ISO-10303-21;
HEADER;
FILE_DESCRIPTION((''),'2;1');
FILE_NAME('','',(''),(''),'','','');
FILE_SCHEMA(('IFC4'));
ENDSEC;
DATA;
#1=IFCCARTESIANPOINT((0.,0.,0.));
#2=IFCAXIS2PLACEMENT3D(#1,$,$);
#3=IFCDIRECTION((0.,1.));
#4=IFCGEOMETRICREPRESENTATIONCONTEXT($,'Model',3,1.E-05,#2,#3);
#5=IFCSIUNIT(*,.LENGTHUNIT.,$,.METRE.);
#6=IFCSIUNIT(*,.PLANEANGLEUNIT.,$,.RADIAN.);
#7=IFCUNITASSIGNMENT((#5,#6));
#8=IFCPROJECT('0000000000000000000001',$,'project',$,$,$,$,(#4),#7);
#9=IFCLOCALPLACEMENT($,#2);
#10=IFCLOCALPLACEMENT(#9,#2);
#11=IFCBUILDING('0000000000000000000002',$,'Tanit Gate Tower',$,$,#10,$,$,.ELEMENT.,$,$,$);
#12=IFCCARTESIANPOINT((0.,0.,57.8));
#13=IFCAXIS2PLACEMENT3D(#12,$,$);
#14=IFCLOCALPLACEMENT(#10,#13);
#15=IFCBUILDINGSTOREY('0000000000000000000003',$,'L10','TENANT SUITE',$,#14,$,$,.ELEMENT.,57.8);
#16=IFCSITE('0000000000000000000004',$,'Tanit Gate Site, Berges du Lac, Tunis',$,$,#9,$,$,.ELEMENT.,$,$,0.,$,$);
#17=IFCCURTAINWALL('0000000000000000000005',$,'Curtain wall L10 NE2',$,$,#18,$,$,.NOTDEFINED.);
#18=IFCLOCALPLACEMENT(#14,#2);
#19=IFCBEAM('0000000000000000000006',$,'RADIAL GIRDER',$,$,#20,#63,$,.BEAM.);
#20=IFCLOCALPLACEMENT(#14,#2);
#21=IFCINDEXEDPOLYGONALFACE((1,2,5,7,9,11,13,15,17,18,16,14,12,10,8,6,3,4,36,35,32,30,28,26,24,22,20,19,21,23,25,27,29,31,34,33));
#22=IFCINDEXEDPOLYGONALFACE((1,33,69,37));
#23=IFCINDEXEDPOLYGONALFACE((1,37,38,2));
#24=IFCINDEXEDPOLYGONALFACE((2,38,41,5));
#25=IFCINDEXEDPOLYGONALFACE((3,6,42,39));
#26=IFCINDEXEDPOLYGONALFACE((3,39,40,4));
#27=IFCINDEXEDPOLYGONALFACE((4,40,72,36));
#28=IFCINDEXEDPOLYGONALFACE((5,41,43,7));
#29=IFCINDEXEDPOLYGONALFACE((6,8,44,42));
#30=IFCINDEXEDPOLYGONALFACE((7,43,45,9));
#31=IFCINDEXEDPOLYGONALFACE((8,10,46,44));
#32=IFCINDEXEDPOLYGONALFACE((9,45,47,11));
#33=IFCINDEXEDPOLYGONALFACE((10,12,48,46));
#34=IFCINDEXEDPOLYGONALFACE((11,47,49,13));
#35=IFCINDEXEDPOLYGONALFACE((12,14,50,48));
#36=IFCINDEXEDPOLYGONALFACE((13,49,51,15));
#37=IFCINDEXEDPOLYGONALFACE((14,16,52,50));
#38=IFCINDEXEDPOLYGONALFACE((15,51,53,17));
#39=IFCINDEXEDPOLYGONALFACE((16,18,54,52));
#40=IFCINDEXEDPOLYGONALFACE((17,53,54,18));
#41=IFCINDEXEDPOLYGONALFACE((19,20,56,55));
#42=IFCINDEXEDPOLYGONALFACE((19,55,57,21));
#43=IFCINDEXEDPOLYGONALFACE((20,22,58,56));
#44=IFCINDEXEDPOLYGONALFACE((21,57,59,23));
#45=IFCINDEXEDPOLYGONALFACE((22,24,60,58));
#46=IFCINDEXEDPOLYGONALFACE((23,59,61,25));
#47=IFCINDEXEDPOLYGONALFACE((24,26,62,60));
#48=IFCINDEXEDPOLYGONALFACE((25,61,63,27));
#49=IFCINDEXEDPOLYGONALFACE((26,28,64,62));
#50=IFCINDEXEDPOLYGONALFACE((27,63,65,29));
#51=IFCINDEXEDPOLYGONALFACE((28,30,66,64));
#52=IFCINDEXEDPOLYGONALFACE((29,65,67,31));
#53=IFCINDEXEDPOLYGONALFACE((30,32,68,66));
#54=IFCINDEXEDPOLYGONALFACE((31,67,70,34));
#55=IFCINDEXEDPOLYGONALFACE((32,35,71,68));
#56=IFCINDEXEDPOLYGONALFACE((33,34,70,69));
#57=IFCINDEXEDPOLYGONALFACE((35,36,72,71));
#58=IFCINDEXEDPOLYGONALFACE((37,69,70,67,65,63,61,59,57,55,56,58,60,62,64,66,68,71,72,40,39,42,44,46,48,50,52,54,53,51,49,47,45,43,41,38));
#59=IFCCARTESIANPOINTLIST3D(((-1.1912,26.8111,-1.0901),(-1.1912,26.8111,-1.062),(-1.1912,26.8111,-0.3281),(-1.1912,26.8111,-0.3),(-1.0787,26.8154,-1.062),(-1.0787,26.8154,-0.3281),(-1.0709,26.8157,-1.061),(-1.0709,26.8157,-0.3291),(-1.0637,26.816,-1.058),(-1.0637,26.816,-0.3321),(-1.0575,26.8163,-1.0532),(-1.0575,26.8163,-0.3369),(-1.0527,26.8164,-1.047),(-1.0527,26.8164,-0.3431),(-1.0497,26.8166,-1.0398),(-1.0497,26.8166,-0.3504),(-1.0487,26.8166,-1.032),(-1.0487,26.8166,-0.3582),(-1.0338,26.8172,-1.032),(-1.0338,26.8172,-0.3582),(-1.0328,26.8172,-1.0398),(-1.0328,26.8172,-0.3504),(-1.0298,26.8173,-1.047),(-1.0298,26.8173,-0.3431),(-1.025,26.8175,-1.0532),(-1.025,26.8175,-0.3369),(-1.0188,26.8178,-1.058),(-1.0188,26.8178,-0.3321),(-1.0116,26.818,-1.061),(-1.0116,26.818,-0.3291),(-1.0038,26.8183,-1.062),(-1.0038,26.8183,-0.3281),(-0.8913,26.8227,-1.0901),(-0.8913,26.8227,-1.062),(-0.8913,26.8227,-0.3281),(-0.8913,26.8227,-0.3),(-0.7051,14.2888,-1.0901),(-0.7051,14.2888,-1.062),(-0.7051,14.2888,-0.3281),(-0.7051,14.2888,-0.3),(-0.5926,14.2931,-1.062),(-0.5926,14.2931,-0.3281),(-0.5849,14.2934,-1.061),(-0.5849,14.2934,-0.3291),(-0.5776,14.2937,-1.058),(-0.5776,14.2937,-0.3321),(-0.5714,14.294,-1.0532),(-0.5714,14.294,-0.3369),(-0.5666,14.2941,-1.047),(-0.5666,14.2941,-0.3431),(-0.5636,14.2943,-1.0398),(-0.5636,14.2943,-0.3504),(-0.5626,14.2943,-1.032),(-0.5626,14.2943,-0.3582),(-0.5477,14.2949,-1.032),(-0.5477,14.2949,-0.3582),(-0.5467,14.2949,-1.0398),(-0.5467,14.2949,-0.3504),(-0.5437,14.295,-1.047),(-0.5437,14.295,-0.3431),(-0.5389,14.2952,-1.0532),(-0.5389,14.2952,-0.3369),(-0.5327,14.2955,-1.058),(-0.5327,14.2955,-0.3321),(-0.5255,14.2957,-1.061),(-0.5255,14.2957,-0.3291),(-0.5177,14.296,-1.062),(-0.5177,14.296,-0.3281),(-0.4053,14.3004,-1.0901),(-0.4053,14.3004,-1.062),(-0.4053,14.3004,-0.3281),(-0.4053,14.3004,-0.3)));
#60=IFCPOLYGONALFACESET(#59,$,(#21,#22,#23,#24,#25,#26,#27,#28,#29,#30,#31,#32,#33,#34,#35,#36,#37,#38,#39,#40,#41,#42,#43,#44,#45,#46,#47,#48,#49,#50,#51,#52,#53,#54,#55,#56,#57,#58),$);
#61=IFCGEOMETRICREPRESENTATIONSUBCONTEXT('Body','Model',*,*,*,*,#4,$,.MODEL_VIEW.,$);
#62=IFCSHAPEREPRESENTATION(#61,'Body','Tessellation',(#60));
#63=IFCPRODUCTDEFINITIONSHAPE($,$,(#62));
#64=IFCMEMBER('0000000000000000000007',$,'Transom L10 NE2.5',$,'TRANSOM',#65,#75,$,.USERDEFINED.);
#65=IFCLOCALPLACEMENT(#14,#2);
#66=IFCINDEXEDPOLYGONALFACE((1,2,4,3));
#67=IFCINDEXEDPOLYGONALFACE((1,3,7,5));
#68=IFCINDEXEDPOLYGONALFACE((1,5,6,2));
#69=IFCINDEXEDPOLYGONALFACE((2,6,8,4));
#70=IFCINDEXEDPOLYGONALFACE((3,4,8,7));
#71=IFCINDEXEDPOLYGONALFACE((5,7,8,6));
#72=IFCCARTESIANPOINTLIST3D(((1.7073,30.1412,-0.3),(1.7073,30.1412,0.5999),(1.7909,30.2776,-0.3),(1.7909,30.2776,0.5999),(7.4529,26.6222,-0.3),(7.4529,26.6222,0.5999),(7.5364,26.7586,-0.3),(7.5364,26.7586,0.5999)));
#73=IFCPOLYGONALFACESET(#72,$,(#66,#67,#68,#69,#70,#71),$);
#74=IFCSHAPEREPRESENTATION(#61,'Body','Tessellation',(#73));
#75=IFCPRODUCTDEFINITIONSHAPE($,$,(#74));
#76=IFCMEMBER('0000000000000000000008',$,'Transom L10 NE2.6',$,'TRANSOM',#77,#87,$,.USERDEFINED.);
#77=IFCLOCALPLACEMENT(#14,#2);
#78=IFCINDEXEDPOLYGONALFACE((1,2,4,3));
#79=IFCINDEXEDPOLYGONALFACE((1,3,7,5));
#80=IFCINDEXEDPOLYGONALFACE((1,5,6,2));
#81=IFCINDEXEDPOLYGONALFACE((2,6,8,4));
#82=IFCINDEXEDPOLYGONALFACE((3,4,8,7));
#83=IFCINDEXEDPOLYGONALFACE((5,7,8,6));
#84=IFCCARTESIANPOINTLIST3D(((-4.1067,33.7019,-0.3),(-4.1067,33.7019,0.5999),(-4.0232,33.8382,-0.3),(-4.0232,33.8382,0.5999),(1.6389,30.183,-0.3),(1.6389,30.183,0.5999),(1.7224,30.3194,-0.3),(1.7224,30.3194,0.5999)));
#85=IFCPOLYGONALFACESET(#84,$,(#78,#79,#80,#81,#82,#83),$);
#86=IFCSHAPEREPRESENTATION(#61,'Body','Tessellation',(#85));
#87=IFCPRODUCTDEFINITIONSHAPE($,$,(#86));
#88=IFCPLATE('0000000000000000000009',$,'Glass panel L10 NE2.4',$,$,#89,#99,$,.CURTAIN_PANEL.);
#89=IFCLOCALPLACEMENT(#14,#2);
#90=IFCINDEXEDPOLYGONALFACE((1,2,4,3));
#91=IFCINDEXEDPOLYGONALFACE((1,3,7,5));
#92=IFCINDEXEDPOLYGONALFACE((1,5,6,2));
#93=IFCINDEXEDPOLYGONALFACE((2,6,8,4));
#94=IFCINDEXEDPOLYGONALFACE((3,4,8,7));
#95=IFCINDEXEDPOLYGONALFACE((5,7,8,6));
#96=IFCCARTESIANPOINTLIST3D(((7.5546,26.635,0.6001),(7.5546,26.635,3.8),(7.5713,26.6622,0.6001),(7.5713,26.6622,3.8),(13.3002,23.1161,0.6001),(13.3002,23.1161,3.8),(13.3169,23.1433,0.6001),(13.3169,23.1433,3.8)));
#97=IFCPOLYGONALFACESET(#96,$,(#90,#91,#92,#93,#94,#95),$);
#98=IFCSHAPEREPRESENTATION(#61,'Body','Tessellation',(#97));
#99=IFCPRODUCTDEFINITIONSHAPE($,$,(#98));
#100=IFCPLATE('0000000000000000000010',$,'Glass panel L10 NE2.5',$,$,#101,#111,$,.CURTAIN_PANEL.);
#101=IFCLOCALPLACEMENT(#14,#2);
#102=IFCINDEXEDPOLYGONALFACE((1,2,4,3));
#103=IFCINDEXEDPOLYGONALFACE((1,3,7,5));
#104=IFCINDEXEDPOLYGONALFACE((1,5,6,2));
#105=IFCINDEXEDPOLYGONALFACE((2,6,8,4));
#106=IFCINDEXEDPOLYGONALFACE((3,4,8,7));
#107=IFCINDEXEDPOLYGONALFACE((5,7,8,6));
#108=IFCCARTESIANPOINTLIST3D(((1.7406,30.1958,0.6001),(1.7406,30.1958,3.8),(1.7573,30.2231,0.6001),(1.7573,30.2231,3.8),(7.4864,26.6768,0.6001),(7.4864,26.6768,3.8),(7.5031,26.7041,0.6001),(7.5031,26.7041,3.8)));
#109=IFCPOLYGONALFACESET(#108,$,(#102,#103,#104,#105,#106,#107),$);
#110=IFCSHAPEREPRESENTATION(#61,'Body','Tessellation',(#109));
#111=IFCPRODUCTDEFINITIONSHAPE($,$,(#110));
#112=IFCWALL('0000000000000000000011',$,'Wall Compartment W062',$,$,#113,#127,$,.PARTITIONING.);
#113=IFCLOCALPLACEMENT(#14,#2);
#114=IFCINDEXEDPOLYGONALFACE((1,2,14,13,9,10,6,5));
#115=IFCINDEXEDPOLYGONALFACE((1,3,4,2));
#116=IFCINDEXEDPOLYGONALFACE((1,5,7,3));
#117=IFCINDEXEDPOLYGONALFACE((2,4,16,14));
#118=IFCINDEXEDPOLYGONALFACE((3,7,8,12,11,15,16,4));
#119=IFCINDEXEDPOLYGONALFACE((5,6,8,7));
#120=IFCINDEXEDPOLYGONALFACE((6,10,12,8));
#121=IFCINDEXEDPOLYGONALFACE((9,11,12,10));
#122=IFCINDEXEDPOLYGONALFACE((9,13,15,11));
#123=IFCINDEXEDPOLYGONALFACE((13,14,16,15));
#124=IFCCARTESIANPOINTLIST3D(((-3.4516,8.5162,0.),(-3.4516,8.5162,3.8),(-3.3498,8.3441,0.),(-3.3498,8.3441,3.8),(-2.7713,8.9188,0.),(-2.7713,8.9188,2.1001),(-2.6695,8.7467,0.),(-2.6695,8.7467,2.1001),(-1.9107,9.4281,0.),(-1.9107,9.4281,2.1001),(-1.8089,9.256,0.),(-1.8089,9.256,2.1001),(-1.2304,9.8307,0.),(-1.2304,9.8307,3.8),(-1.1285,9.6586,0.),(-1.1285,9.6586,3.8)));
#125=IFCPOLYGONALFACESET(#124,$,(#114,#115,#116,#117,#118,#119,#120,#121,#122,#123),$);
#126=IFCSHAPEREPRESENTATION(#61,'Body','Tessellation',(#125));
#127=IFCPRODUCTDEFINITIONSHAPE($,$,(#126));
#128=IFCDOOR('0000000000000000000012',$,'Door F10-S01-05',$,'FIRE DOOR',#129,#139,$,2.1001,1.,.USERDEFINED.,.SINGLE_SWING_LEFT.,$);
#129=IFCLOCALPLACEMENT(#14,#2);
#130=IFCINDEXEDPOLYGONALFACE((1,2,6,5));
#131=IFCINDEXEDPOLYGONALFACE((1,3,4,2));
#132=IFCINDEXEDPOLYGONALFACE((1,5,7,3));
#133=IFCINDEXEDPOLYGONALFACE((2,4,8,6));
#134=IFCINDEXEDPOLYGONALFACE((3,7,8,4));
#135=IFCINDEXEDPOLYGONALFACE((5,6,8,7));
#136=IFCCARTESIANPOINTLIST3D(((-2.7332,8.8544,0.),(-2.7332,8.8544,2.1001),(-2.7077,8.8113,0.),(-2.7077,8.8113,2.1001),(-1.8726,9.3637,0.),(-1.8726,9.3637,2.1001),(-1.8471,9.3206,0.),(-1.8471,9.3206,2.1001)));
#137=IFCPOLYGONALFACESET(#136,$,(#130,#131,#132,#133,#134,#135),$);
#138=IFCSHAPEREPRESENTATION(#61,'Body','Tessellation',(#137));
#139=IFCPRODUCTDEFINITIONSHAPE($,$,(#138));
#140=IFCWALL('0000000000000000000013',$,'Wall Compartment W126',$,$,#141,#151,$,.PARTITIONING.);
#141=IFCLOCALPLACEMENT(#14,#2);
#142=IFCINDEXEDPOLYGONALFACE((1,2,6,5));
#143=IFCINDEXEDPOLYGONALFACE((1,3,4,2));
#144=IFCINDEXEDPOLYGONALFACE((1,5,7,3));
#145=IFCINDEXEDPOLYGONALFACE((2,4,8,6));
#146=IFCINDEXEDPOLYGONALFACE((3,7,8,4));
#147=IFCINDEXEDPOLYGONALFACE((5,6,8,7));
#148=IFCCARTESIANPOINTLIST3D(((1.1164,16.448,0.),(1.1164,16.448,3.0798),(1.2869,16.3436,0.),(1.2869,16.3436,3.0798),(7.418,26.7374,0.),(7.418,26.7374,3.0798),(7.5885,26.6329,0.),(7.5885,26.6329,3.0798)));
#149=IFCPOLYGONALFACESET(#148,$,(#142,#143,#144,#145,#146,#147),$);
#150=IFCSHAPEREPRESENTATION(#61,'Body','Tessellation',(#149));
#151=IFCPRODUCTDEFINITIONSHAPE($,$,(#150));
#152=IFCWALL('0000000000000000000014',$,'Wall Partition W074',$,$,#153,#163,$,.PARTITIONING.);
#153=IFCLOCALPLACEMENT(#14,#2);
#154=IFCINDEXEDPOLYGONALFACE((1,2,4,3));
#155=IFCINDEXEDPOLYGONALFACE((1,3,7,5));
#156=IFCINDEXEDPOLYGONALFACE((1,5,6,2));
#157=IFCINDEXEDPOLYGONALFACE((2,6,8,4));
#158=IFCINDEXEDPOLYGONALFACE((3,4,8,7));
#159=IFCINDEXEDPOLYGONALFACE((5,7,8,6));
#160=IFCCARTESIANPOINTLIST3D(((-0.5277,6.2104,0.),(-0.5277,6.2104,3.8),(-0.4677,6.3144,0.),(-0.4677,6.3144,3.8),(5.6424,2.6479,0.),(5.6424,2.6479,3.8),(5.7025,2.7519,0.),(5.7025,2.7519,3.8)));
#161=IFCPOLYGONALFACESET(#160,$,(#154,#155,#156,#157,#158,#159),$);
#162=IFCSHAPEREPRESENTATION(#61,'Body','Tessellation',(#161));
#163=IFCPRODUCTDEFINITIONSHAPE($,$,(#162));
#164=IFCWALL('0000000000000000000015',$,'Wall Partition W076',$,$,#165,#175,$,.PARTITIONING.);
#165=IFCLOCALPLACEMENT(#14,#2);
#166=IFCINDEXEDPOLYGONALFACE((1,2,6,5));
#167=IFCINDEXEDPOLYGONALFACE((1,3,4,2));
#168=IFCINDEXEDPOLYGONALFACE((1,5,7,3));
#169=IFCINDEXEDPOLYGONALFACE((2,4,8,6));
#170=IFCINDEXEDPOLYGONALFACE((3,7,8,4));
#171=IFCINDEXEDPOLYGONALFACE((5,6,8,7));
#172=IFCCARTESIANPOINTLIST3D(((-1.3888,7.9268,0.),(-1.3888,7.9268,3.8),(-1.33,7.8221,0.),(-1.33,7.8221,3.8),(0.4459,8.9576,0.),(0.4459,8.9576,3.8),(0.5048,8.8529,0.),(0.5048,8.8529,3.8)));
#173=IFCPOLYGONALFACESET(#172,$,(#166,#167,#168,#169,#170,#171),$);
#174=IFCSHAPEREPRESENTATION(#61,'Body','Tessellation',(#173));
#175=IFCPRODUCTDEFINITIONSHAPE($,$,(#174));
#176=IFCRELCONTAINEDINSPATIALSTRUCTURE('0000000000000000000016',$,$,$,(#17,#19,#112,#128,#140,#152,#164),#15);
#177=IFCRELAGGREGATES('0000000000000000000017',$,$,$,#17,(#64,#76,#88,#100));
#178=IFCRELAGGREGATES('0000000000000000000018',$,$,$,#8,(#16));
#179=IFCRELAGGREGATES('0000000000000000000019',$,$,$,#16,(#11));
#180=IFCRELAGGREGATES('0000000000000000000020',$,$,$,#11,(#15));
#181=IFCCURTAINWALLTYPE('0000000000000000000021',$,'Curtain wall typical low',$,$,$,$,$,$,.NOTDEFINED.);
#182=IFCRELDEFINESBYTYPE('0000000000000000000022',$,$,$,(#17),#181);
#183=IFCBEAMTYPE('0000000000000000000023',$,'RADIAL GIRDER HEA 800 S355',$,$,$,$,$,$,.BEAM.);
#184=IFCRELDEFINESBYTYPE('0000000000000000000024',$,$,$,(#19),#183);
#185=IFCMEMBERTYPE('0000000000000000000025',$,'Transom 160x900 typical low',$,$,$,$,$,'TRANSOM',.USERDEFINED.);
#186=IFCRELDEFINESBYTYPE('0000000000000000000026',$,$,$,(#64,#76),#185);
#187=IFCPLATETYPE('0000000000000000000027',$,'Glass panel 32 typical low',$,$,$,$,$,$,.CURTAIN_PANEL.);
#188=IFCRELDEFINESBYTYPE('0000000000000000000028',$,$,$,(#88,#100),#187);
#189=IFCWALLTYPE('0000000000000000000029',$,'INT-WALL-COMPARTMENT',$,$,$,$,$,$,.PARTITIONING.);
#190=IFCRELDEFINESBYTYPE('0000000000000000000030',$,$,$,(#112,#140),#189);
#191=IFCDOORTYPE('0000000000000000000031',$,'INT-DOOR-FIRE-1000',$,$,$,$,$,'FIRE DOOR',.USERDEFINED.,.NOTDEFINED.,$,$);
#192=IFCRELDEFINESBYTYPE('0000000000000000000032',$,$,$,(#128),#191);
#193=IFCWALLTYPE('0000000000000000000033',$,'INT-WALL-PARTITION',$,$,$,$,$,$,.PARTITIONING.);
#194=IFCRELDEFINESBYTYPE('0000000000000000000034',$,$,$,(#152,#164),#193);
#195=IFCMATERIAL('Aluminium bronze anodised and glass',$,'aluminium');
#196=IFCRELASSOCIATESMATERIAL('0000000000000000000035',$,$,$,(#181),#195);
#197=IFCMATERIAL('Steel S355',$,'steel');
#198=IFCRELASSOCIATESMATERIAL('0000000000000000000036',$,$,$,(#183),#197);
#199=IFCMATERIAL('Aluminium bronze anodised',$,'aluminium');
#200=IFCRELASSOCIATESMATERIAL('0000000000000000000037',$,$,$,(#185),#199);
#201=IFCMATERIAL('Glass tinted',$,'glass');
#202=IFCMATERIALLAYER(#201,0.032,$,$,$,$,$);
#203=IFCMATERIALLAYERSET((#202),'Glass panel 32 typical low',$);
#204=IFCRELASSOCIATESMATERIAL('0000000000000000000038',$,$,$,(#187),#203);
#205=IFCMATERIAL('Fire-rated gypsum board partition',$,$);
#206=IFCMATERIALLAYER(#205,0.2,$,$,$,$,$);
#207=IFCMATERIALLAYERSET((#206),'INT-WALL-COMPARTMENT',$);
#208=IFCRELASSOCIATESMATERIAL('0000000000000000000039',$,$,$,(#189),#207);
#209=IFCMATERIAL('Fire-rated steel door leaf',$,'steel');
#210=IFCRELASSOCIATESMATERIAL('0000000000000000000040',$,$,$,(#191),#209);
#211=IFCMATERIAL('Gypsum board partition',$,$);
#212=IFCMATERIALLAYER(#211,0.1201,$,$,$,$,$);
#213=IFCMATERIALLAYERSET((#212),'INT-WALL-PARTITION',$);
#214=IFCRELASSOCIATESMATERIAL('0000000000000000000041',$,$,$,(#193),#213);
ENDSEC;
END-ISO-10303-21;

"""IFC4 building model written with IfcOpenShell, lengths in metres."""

from ifc_helpers import new_model, si_unit, direction, frame, frame_2d, origin, origin_2d, place, context, subcontext, project, spatial, rectangle, i_section, extrude, material, layer, layer_set, material_profile, profile_set, type_object, element, fill, aggregate, save


model = new_model("IFC4")

# Units and contexts
model_context = context("Model", 3, precision=1e-05, world=origin(), true_north=direction((0.0, 1.0)))
body_context = subcontext(model_context, "Body", "Model", "MODEL_VIEW")
ifc_project = project(units=[si_unit("LENGTHUNIT", "METRE"), si_unit("PLANEANGLEUNIT", "RADIAN")], contexts=[model_context])

# Site, building, storey
site_placement = place(None, origin())
site = spatial("IfcSite", under=ifc_project, at=site_placement, Name="Tanit Gate Site, Berges du Lac, Tunis", CompositionType="ELEMENT", RefElevation=0.0)
building_placement = place(site_placement, origin())
building = spatial("IfcBuilding", under=site, at=building_placement, Name="Tanit Gate Tower", CompositionType="ELEMENT")
storey_placement = place(building_placement, frame((0.0, 0.0, 57.8)))
storey = spatial("IfcBuildingStorey", under=building, at=storey_placement, Name="L10", Description="TENANT SUITE", CompositionType="ELEMENT", Elevation=57.8)

# Curtain wall
ifc_material_1 = material(Name="Aluminium bronze anodised and glass", Category="aluminium")
curtain_wall_type = type_object("IfcCurtainWallType", Name="Curtain wall typical low", PredefinedType="NOTDEFINED", material=ifc_material_1)
curtain_wall_placement = place(storey_placement, origin())
curtain_wall = element("IfcCurtainWall", 1, at=curtain_wall_placement, inside=storey, type_object=curtain_wall_type, Name="Curtain wall L10 NE2", PredefinedType="NOTDEFINED")

# Beam
ifc_material_2 = material(Name="Steel S355", Category="steel")
ifc_material_profile_1 = material_profile(ifc_material_2, i_section(OverallWidth=0.3, OverallDepth=0.79, WebThickness=0.0149, FlangeThickness=0.0281, FilletRadius=0.03, at=origin_2d()), Name="HEA 800")
ifc_profile_set_1 = profile_set([ifc_material_profile_1], Name="Steel S355")
beam_type_1 = type_object("IfcBeamType", Name="RADIAL GIRDER HEA 800 S355", PredefinedType="BEAM", material=ifc_profile_set_1)
beam_1_placement = place(storey_placement, frame((-1.0413, 26.8169, -0.6951), z_axis=(0.038789, -0.999247, 0.0), x_axis=(0.999247, 0.038789, 0.0)))
element("IfcBeam", 2, at=beam_1_placement, inside=storey, type_object=beam_type_1, Name="RADIAL GIRDER", PredefinedType="BEAM", context=body_context, shape_type="SweptSolid", body=[
    extrude(i_section(OverallWidth=0.3, OverallDepth=0.79, WebThickness=0.0149, FlangeThickness=0.0281, FilletRadius=0.03, at=origin_2d()), origin(), (0.0, 0.0, 1.0), 12.5317),
])

# Members
ifc_material_3 = material(Name="Aluminium bronze anodised", Category="aluminium")
ifc_material_profile_2 = material_profile(ifc_material_3, rectangle(XDim=0.1599, YDim=0.8999, at=origin_2d()), Name="160x900 bronze transom")
ifc_profile_set_2 = profile_set([ifc_material_profile_2], Name="Aluminium bronze anodised")
member_type_1 = type_object("IfcMemberType", Name="Transom 160x900 typical low", ElementType="TRANSOM", PredefinedType="USERDEFINED", material=ifc_profile_set_2)
member_1_placement = place(storey_placement, frame((7.4946, 26.6904, 0.1499), z_axis=(-0.852764, 0.522297, 0.0), x_axis=(-0.522297, -0.852764, 0.0)))
member_1 = element("IfcMember", 3, at=member_1_placement, type_object=member_type_1, Name="Transom L10 NE2.5", ObjectType="TRANSOM", PredefinedType="USERDEFINED", context=body_context, shape_type="SweptSolid", body=[
    extrude(rectangle(XDim=0.1599, YDim=0.8999, at=origin_2d()), origin(), (0.0, 0.0, 1.0), 6.7375),
])
member_2_placement = place(storey_placement, frame((1.6807, 30.2512, 0.1499), z_axis=(-0.85278, 0.522271, 0.0), x_axis=(-0.522271, -0.85278, 0.0)))
member_2 = element("IfcMember", 4, at=member_2_placement, type_object=member_type_1, Name="Transom L10 NE2.6", ObjectType="TRANSOM", PredefinedType="USERDEFINED", context=body_context, shape_type="SweptSolid", body=[
    extrude(rectangle(XDim=0.1599, YDim=0.8999, at=origin_2d()), origin(), (0.0, 0.0, 1.0), 6.7375),
])

# Plates
ifc_material_4 = material(Name="Glass tinted", Category="glass")
ifc_layer_1 = layer(ifc_material_4, 0.032)
ifc_layer_set_1 = layer_set([ifc_layer_1], Name="Glass panel 32 typical low")
plate_type = type_object("IfcPlateType", Name="Glass panel 32 typical low", PredefinedType="CURTAIN_PANEL", material=ifc_layer_set_1)
plate_1_placement = place(storey_placement, frame((10.4358, 24.8892, 0.6001), z_axis=(0.0, 0.0, 1.0), x_axis=(-0.852772, 0.522283, 0.0)))
plate_1 = element("IfcPlate", 5, at=plate_1_placement, type_object=plate_type, Name="Glass panel L10 NE2.4", PredefinedType="CURTAIN_PANEL", context=body_context, shape_type="SweptSolid", body=[
    extrude(rectangle(XDim=6.7375, YDim=0.032, at=origin_2d()), origin(), (0.0, 0.0, 1.0), 3.2),
])
plate_2_placement = place(storey_placement, frame((4.6218, 28.45, 0.6001), z_axis=(0.0, 0.0, 1.0), x_axis=(-0.852772, 0.522283, 0.0)))
plate_2 = element("IfcPlate", 6, at=plate_2_placement, type_object=plate_type, Name="Glass panel L10 NE2.5", PredefinedType="CURTAIN_PANEL", context=body_context, shape_type="SweptSolid", body=[
    extrude(rectangle(XDim=6.7378, YDim=0.032, at=origin_2d()), origin(), (0.0, 0.0, 1.0), 3.2),
])
aggregate(curtain_wall, [member_1, member_2, plate_1, plate_2])

# Wall, opening, door
ifc_material_5 = material(Name="Fire-rated gypsum board partition")
ifc_layer_2 = layer(ifc_material_5, 0.2)
ifc_layer_set_2 = layer_set([ifc_layer_2], Name="INT-WALL-COMPARTMENT")
wall_type_1 = type_object("IfcWallType", Name="INT-WALL-COMPARTMENT", PredefinedType="PARTITIONING", material=ifc_layer_set_2)
wall_1_placement = place(storey_placement, frame((-1.1794, 9.7446, 0.0), z_axis=(0.0, 0.0, 1.0), x_axis=(-0.860599, -0.509284, 0.0)))
wall_1 = element("IfcWall", 7, at=wall_1_placement, inside=storey, type_object=wall_type_1, Name="Wall Compartment W062", PredefinedType="PARTITIONING", context=body_context, shape_type="SweptSolid", body=[
    extrude(rectangle(XDim=2.5811, YDim=0.2, at=frame_2d((1.2905, 0.0))), origin(), (0.0, 0.0, 1.0), 3.8),
])
opening_placement = place(wall_1_placement, frame((0.7905, 0.0, 0.0)))
opening = element("IfcOpeningElement", 8, at=opening_placement, cuts=wall_1, PredefinedType="OPENING", context=body_context, shape_type="SweptSolid", body=[
    extrude(rectangle(XDim=1.0, YDim=2.1001, at=frame_2d((0.5, 1.05))), frame((0.0, 0.1099, 0.0), z_axis=(0.0, -1.0, 0.0), x_axis=(1.0, 0.0, 0.0)), (0.0, 0.0, 1.0), 0.22),
])
ifc_material_6 = material(Name="Fire-rated steel door leaf", Category="steel")
door_type = type_object("IfcDoorType", Name="INT-DOOR-FIRE-1000", ElementType="FIRE DOOR", OperationType="NOTDEFINED", PredefinedType="USERDEFINED", material=ifc_material_6)
door_placement = place(opening_placement, origin())
door = element("IfcDoor", 9, at=door_placement, inside=storey, type_object=door_type, Name="Door F10-S01-05", ObjectType="FIRE DOOR", OperationType="SINGLE_SWING_LEFT", OverallHeight=2.1001, OverallWidth=1.0, PredefinedType="USERDEFINED", context=body_context, shape_type="SweptSolid", body=[
    extrude(rectangle(XDim=1.0, YDim=2.1001, at=frame_2d((0.5, 1.05))), frame((0.0, 0.0249, 0.0), z_axis=(0.0, -1.0, 0.0), x_axis=(1.0, 0.0, 0.0)), (0.0, 0.0, 1.0), 0.05),
])
fill(opening, door)

# Walls
wall_2_placement = place(storey_placement, frame((7.5032, 26.6851, 0.0), z_axis=(0.0, 0.0, 1.0), x_axis=(-0.522271, -0.85278, 0.0)))
element("IfcWall", 10, at=wall_2_placement, inside=storey, type_object=wall_type_1, Name="Wall Compartment W126", PredefinedType="PARTITIONING", context=body_context, shape_type="SweptSolid", body=[
    extrude(rectangle(XDim=12.0657, YDim=0.2, at=frame_2d((6.0327, 0.0))), origin(), (0.0, 0.0, 1.0), 3.0798),
])
ifc_material_7 = material(Name="Gypsum board partition")
ifc_layer_3 = layer(ifc_material_7, 0.1201)
ifc_layer_set_3 = layer_set([ifc_layer_3], Name="INT-WALL-PARTITION")
wall_type_2 = type_object("IfcWallType", Name="INT-WALL-PARTITION", PredefinedType="PARTITIONING", material=ifc_layer_set_3)
wall_3_placement = place(storey_placement, frame((-0.4978, 6.2625, 0.0), z_axis=(0.0, 0.0, 1.0), x_axis=(0.866016, -0.500016, 0.0)))
element("IfcWall", 11, at=wall_3_placement, inside=storey, type_object=wall_type_2, Name="Wall Partition W074", PredefinedType="PARTITIONING", context=body_context, shape_type="SweptSolid", body=[
    extrude(rectangle(XDim=7.1248, YDim=0.1201, at=frame_2d((3.5625, 0.0))), origin(), (0.0, 0.0, 1.0), 3.8),
])
wall_4_placement = place(storey_placement, frame((0.4753, 8.9053, 0.0), z_axis=(0.0, 0.0, 1.0), x_axis=(-0.871833, -0.489804, 0.0)))
element("IfcWall", 12, at=wall_4_placement, inside=storey, type_object=wall_type_2, Name="Wall Partition W076", PredefinedType="PARTITIONING", context=body_context, shape_type="SweptSolid", body=[
    extrude(rectangle(XDim=2.1045, YDim=0.1201, at=frame_2d((1.0522, 0.0))), origin(), (0.0, 0.0, 1.0), 3.8),
])

save(model, "model.ifc")
